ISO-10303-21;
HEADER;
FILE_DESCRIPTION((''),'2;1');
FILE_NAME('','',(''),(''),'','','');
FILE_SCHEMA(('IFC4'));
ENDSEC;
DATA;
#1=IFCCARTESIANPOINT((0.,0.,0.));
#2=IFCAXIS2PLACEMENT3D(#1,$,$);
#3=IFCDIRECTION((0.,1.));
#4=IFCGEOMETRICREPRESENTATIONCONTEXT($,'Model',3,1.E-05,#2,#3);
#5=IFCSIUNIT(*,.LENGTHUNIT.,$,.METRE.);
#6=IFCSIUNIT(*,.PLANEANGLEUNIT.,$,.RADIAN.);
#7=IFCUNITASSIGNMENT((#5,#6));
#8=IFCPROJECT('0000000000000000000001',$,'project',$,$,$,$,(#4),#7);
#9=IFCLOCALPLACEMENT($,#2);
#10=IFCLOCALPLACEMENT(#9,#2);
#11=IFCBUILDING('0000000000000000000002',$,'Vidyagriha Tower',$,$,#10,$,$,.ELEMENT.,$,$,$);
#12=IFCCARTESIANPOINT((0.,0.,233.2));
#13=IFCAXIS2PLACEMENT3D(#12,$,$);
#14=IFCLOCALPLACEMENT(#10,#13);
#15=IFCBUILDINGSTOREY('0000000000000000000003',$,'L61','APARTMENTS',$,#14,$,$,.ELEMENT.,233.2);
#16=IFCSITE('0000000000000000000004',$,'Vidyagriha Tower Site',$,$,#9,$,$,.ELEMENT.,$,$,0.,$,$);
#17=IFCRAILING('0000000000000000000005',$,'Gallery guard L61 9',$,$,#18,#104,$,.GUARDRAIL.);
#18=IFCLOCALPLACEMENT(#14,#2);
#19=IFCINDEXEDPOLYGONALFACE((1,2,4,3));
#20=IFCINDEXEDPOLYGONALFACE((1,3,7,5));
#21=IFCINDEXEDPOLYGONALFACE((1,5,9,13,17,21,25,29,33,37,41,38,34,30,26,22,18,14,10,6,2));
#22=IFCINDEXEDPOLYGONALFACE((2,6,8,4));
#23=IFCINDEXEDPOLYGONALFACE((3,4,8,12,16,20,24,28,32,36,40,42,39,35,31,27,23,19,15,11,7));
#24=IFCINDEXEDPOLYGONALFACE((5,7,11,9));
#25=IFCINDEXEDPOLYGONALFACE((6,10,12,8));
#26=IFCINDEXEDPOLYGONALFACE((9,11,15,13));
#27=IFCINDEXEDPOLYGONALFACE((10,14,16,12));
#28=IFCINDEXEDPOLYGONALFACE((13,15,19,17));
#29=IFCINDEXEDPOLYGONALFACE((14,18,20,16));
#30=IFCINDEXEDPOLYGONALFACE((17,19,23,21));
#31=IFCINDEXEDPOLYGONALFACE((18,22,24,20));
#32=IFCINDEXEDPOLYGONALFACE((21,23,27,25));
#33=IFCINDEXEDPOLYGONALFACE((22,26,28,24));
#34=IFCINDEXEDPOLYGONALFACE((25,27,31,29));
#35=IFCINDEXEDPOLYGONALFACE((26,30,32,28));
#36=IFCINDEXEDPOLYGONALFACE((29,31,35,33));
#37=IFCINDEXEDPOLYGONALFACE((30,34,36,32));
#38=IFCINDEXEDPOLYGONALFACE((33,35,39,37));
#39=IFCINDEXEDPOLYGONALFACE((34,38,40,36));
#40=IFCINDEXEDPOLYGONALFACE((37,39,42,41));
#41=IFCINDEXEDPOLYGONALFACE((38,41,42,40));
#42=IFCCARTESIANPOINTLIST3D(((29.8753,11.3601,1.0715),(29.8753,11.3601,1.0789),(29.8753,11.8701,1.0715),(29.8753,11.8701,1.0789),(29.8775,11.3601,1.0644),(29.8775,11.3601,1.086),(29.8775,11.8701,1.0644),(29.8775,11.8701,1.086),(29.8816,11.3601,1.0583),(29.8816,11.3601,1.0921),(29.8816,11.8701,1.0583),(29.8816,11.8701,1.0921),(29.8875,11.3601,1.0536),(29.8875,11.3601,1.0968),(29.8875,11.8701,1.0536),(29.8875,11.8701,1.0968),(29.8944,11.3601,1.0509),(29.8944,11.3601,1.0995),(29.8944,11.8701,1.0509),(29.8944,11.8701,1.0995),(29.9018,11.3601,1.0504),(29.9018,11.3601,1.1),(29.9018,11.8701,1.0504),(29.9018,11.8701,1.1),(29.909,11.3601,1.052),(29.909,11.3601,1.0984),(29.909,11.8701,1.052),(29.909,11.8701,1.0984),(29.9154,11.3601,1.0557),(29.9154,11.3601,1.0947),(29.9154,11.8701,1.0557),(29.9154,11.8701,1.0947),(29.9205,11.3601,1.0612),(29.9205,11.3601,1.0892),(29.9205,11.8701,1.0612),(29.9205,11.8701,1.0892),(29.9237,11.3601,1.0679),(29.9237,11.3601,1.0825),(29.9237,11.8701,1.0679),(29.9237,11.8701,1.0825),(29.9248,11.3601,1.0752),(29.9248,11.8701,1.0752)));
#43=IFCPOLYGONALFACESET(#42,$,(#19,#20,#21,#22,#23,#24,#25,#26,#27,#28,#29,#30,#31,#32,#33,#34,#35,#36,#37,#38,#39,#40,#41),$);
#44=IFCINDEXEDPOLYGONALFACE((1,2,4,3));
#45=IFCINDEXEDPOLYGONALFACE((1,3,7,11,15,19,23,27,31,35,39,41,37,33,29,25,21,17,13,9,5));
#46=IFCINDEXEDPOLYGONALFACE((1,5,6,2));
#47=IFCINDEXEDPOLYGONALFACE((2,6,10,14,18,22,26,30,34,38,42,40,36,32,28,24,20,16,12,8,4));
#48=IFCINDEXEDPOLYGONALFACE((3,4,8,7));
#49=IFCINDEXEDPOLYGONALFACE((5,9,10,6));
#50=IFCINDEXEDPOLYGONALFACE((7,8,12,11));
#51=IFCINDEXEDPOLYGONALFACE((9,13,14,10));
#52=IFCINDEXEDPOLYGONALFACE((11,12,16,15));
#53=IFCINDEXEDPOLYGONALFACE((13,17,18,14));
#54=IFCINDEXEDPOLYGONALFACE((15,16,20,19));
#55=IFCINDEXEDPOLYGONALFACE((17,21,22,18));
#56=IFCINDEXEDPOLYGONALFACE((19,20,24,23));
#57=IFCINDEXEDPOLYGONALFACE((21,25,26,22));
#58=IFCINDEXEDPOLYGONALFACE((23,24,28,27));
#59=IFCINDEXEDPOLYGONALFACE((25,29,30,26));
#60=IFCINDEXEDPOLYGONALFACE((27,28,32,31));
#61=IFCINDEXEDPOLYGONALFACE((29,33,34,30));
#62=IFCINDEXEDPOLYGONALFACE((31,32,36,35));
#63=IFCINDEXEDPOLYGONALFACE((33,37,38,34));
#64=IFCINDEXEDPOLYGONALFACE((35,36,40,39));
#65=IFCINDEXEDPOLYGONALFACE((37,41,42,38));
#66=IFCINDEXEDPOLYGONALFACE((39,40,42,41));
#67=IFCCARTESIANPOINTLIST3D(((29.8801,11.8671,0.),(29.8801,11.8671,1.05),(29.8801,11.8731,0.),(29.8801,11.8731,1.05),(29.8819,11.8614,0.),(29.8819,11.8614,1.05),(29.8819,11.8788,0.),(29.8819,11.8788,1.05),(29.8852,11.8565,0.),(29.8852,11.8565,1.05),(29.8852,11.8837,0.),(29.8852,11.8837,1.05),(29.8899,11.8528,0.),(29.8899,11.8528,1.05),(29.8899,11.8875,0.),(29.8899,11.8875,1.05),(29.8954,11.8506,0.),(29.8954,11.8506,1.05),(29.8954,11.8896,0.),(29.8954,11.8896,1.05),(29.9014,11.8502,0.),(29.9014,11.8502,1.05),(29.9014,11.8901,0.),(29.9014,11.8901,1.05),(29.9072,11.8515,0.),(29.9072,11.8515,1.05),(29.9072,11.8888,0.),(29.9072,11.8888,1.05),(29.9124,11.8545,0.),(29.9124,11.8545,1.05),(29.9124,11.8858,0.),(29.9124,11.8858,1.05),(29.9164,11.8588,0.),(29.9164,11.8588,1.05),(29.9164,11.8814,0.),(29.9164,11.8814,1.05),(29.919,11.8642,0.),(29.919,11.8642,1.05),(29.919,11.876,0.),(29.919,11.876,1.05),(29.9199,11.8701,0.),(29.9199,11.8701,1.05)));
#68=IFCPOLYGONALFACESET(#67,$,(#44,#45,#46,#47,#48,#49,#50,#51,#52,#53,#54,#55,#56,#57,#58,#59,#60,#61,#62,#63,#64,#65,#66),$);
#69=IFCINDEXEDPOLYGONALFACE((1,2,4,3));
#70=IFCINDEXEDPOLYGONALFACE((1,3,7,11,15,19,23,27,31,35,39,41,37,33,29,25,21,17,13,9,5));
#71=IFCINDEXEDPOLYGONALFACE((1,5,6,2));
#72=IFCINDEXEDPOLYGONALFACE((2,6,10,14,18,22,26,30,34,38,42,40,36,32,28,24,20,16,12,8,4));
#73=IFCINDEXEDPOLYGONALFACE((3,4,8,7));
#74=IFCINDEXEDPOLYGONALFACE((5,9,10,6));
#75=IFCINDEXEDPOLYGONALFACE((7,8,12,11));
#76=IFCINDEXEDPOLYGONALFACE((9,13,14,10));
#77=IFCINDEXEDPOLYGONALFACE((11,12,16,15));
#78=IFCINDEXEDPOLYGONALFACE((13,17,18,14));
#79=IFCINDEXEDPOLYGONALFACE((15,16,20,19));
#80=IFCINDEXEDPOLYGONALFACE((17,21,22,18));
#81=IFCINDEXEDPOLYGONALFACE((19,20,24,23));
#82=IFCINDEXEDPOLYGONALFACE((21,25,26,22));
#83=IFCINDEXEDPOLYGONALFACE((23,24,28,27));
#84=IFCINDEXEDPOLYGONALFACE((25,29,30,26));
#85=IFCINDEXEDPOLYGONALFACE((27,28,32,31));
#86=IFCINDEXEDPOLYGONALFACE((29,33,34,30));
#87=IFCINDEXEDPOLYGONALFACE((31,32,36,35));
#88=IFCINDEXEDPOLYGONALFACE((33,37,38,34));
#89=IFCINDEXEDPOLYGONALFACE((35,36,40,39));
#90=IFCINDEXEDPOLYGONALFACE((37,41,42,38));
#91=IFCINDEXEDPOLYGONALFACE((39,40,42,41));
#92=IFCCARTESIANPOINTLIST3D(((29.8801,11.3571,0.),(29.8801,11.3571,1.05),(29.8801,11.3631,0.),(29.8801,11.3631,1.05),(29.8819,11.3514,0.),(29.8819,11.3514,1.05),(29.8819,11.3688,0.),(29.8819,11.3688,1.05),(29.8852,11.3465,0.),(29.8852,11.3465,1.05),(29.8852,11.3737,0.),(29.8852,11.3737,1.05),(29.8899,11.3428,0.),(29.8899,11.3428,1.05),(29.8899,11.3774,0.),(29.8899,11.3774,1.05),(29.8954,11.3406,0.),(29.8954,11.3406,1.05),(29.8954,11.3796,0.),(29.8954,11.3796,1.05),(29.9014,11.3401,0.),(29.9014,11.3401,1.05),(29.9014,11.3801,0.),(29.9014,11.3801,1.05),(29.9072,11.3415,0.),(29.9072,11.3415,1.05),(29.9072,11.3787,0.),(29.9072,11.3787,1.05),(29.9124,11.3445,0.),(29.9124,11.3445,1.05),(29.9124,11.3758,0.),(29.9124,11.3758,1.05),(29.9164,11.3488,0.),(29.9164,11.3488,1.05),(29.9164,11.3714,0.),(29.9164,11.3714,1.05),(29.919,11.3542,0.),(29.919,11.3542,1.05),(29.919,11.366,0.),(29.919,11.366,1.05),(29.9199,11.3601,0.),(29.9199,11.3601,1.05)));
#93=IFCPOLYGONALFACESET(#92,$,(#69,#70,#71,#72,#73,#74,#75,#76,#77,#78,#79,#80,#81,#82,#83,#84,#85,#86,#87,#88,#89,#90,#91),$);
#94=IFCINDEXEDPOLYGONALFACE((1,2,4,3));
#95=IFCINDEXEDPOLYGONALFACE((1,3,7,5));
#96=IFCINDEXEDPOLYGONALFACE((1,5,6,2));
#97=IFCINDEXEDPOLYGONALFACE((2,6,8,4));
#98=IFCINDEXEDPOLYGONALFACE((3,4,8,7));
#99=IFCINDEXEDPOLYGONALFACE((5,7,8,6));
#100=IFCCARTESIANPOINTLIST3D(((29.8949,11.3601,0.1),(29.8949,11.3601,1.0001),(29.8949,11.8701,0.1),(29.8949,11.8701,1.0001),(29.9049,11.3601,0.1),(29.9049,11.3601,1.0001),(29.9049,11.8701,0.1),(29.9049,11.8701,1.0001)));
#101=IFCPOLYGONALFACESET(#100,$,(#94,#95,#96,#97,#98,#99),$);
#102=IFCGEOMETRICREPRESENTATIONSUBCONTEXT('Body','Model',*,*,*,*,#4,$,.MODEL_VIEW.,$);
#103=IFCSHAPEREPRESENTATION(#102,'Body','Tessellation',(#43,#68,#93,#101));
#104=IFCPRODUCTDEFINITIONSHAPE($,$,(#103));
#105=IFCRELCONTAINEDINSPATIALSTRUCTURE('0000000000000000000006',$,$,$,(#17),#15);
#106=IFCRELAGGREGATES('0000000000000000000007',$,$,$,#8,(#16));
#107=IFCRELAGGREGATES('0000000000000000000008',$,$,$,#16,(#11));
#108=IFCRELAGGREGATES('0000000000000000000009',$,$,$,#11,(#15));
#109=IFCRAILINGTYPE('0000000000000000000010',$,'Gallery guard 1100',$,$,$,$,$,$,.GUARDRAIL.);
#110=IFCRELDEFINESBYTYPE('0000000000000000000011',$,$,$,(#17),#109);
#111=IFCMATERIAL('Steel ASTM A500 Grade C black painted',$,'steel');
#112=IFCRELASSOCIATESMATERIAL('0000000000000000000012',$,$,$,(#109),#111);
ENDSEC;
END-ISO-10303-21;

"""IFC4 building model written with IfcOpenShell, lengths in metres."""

from ifc_helpers import new_model, si_unit, direction, frame, origin, origin_2d, place, context, subcontext, project, spatial, rectangle, circle, extrude, material, type_object, element, save


model = new_model("IFC4")

# Units and contexts
model_context = context("Model", 3, precision=1e-05, world=origin(), true_north=direction((0.0, 1.0)))
body_context = subcontext(model_context, "Body", "Model", "MODEL_VIEW")
ifc_project = project(units=[si_unit("LENGTHUNIT", "METRE"), si_unit("PLANEANGLEUNIT", "RADIAN")], contexts=[model_context])

# Site, building, storey
site_placement = place(None, origin())
site = spatial("IfcSite", under=ifc_project, at=site_placement, Name="Vidyagriha Tower Site", CompositionType="ELEMENT", RefElevation=0.0)
building_placement = place(site_placement, origin())
building = spatial("IfcBuilding", under=site, at=building_placement, Name="Vidyagriha Tower", CompositionType="ELEMENT")
storey_placement = place(building_placement, frame((0.0, 0.0, 233.2)))
storey = spatial("IfcBuildingStorey", under=building, at=storey_placement, Name="L61", Description="APARTMENTS", CompositionType="ELEMENT", Elevation=233.2)

# Railing
ifc_material_1 = material(Name="Steel ASTM A500 Grade C black painted", Category="steel")
railing_type = type_object("IfcRailingType", Name="Gallery guard 1100", PredefinedType="GUARDRAIL", material=ifc_material_1)
railing_1_placement = place(storey_placement, frame((29.8999, 11.8701, 0.0)))
element("IfcRailing", 1, at=railing_1_placement, inside=storey, type_object=railing_type, Name="Gallery guard L61 9", PredefinedType="GUARDRAIL", context=body_context, shape_type="SweptSolid", body=[
    extrude(circle(Radius=0.0249, at=origin_2d()), frame((0.0, 0.0, 1.0752), z_axis=(0.0, -1.0, 0.0), x_axis=(1.0, 0.0, 0.0)), (0.0, 0.0, 1.0), 0.51),
    extrude(circle(Radius=0.02, at=origin_2d()), origin(), (0.0, 0.0, 1.0), 1.05),
    extrude(circle(Radius=0.02, at=origin_2d()), frame((0.0, -0.51, 0.0)), (0.0, 0.0, 1.0), 1.05),
    extrude(rectangle(XDim=0.01, YDim=0.9001, at=origin_2d()), frame((0.0, 0.0, 0.55), z_axis=(0.0, -1.0, 0.0), x_axis=(1.0, 0.0, 0.0)), (0.0, 0.0, 1.0), 0.51),
])

save(model, "model.ifc")
